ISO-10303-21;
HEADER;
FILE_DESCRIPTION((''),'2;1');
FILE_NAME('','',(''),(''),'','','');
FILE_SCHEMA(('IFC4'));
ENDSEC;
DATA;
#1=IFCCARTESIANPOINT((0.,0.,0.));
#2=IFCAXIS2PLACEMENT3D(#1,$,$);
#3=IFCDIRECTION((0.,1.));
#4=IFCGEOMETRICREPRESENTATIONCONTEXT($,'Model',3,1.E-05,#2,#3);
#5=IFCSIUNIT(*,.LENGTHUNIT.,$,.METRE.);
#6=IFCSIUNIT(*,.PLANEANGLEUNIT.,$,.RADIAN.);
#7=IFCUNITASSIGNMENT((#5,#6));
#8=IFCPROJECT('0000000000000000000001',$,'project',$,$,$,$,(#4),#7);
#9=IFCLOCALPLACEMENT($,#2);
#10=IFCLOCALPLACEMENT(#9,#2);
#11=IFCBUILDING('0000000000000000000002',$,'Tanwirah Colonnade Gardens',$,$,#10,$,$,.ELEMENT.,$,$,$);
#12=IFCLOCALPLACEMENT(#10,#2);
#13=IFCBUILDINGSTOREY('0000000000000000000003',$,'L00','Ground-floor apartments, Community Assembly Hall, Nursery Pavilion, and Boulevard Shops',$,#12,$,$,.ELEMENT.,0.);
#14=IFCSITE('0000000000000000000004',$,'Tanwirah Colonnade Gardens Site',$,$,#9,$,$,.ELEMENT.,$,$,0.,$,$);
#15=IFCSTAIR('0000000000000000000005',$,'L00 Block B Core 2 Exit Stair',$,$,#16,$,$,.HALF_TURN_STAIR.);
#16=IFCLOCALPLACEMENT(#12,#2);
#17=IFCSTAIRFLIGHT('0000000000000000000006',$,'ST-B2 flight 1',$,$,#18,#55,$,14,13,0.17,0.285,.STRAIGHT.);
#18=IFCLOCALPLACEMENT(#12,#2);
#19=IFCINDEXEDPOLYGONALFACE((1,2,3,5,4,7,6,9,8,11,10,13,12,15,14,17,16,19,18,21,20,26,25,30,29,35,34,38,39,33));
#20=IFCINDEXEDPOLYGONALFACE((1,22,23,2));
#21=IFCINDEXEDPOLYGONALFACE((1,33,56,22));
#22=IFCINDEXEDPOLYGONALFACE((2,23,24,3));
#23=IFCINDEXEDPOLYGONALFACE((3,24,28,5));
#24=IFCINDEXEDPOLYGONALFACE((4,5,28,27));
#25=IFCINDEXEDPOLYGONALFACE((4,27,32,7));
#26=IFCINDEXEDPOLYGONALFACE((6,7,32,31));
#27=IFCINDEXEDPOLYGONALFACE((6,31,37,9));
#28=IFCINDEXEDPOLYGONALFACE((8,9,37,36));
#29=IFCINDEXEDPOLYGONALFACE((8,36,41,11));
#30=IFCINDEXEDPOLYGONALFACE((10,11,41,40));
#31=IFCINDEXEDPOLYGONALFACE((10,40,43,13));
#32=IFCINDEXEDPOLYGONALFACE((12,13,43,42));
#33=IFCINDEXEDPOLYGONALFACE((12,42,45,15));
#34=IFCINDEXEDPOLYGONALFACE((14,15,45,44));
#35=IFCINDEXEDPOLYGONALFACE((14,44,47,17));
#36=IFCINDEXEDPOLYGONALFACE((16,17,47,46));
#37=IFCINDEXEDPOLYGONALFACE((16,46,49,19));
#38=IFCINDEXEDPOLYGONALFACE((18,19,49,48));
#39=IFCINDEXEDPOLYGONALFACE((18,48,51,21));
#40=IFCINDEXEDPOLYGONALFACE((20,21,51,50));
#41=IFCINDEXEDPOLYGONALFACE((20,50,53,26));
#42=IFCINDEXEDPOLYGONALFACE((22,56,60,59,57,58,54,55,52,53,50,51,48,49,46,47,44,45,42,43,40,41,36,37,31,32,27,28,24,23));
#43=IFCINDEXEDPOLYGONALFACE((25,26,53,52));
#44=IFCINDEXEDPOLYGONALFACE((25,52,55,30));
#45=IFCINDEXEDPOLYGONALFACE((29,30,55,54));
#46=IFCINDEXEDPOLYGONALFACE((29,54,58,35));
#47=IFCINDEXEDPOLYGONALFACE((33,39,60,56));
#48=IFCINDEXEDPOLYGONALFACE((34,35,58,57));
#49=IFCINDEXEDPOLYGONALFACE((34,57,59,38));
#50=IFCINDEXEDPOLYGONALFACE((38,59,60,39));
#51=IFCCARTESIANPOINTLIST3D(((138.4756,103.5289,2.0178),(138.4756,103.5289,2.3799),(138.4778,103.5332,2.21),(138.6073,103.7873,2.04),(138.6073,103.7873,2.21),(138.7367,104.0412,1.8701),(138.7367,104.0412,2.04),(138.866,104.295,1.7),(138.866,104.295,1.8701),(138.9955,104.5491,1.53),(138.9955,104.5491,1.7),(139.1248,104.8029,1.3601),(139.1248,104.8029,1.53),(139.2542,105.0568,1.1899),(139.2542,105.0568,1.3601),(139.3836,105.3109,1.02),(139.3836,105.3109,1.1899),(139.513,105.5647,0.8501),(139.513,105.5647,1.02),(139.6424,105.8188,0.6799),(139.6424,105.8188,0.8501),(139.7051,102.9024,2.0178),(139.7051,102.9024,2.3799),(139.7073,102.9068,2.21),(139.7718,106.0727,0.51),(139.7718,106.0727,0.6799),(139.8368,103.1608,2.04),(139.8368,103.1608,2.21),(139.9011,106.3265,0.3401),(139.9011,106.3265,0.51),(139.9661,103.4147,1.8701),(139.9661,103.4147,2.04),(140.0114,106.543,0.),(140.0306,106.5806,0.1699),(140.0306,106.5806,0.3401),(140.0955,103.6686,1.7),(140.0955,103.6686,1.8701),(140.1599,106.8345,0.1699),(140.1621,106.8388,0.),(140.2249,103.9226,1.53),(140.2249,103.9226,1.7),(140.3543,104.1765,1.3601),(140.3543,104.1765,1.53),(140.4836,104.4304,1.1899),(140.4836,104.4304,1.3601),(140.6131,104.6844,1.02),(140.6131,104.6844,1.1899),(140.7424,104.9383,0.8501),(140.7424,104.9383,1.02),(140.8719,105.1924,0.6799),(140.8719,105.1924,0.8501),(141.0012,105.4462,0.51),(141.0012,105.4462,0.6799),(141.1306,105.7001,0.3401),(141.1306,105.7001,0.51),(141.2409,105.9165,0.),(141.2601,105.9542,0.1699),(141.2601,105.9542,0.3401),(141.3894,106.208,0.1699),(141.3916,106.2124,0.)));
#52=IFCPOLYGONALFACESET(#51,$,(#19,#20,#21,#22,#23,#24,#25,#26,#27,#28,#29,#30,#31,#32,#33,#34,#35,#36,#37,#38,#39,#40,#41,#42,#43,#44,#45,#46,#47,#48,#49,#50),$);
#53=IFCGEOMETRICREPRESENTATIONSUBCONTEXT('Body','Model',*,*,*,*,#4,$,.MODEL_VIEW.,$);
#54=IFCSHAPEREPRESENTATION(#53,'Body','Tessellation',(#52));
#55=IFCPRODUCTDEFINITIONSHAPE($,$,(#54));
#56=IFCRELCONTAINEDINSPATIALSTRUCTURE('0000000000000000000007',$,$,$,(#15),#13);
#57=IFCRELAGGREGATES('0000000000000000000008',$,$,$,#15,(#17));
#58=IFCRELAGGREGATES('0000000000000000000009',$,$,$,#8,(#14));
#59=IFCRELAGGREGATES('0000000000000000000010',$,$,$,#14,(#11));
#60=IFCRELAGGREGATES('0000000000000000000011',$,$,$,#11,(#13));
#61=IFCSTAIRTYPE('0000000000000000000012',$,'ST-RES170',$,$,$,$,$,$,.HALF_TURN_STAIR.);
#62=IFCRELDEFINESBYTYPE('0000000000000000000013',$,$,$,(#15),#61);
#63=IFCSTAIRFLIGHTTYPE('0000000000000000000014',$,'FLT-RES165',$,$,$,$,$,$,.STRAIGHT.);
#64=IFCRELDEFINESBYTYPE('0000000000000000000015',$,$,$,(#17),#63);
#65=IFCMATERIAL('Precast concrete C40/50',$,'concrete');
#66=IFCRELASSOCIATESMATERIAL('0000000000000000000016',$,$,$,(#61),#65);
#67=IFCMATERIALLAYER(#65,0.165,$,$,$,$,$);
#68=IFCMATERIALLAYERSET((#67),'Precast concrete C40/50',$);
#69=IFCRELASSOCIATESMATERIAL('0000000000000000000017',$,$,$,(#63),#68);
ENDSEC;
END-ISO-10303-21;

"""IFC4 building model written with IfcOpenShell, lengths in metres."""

from ifc_helpers import new_model, si_unit, direction, frame, origin, place, context, subcontext, project, spatial, polyline, outline, extrude, material, layer, layer_set, type_object, element, aggregate, save


model = new_model("IFC4")

# Units and contexts
model_context = context("Model", 3, precision=1e-05, world=origin(), true_north=direction((0.0, 1.0)))
body_context = subcontext(model_context, "Body", "Model", "MODEL_VIEW")
ifc_project = project(units=[si_unit("LENGTHUNIT", "METRE"), si_unit("PLANEANGLEUNIT", "RADIAN")], contexts=[model_context])

# Site, building, storey
site_placement = place(None, origin())
site = spatial("IfcSite", under=ifc_project, at=site_placement, Name="Tanwirah Colonnade Gardens Site", CompositionType="ELEMENT", RefElevation=0.0)
building_placement = place(site_placement, origin())
building = spatial("IfcBuilding", under=site, at=building_placement, Name="Tanwirah Colonnade Gardens", CompositionType="ELEMENT")
storey_placement = place(building_placement, origin())
storey = spatial("IfcBuildingStorey", under=building, at=storey_placement, Name="L00", Description="Ground-floor apartments, Community Assembly Hall, Nursery Pavilion, and Boulevard Shops", CompositionType="ELEMENT", Elevation=0.0)

# Shared definitions
ifc_material_1 = material(Name="Precast concrete C40/50", Category="concrete")

# Stair, stair flight
stair_type = type_object("IfcStairType", Name="ST-RES170", PredefinedType="HALF_TURN_STAIR", material=ifc_material_1)
stair_placement = place(storey_placement, origin())
stair = element("IfcStair", 1, at=stair_placement, inside=storey, type_object=stair_type, Name="L00 Block B Core 2 Exit Stair", PredefinedType="HALF_TURN_STAIR")
ifc_layer_1 = layer(ifc_material_1, 0.165)
ifc_layer_set_1 = layer_set([ifc_layer_1], Name="Precast concrete C40/50")
stair_flight_type = type_object("IfcStairFlightType", Name="FLT-RES165", PredefinedType="STRAIGHT", material=ifc_layer_set_1)
stair_flight_placement = place(storey_placement, frame((140.7747, 106.5212, 0.0), z_axis=(0.0, 0.0, 1.0), x_axis=(-0.45399, -0.891007, 0.0)))
stair_flight = element("IfcStairFlight", 2, at=stair_flight_placement, type_object=stair_flight_type, Name="ST-B2 flight 1", NumberOfRisers=14, NumberOfTreads=13, PredefinedType="STRAIGHT", RiserHeight=0.17, TreadLength=0.285, context=body_context, shape_type="SweptSolid", body=[
    extrude(outline(polyline([(-0.0049, 0.0), (0.0, 0.1699), (0.2849, 0.1699), (0.2849, 0.3401), (0.5701, 0.3401), (0.5701, 0.51), (0.855, 0.51), (0.855, 0.6799), (1.1399, 0.6799), (1.1399, 0.8501), (1.425, 0.8501), (1.425, 1.02), (1.71, 1.02), (1.71, 1.1899), (1.9951, 1.1899), (1.9951, 1.3601), (2.28, 1.3601), (2.28, 1.53), (2.5649, 1.53), (2.5649, 1.7), (2.8501, 1.7), (2.8501, 1.8701), (3.135, 1.8701), (3.135, 2.04), (3.4199, 2.04), (3.4199, 2.21), (3.7051, 2.21), (3.71, 2.3799), (3.71, 2.0178), (0.3271, 0.0), (-0.0049, 0.0)])), frame((0.0, 0.6899, 0.0), z_axis=(0.0, -1.0, 0.0), x_axis=(1.0, 0.0, 0.0)), (0.0, 0.0, 1.0), 1.3799),
])
aggregate(stair, [stair_flight])

save(model, "model.ifc")
